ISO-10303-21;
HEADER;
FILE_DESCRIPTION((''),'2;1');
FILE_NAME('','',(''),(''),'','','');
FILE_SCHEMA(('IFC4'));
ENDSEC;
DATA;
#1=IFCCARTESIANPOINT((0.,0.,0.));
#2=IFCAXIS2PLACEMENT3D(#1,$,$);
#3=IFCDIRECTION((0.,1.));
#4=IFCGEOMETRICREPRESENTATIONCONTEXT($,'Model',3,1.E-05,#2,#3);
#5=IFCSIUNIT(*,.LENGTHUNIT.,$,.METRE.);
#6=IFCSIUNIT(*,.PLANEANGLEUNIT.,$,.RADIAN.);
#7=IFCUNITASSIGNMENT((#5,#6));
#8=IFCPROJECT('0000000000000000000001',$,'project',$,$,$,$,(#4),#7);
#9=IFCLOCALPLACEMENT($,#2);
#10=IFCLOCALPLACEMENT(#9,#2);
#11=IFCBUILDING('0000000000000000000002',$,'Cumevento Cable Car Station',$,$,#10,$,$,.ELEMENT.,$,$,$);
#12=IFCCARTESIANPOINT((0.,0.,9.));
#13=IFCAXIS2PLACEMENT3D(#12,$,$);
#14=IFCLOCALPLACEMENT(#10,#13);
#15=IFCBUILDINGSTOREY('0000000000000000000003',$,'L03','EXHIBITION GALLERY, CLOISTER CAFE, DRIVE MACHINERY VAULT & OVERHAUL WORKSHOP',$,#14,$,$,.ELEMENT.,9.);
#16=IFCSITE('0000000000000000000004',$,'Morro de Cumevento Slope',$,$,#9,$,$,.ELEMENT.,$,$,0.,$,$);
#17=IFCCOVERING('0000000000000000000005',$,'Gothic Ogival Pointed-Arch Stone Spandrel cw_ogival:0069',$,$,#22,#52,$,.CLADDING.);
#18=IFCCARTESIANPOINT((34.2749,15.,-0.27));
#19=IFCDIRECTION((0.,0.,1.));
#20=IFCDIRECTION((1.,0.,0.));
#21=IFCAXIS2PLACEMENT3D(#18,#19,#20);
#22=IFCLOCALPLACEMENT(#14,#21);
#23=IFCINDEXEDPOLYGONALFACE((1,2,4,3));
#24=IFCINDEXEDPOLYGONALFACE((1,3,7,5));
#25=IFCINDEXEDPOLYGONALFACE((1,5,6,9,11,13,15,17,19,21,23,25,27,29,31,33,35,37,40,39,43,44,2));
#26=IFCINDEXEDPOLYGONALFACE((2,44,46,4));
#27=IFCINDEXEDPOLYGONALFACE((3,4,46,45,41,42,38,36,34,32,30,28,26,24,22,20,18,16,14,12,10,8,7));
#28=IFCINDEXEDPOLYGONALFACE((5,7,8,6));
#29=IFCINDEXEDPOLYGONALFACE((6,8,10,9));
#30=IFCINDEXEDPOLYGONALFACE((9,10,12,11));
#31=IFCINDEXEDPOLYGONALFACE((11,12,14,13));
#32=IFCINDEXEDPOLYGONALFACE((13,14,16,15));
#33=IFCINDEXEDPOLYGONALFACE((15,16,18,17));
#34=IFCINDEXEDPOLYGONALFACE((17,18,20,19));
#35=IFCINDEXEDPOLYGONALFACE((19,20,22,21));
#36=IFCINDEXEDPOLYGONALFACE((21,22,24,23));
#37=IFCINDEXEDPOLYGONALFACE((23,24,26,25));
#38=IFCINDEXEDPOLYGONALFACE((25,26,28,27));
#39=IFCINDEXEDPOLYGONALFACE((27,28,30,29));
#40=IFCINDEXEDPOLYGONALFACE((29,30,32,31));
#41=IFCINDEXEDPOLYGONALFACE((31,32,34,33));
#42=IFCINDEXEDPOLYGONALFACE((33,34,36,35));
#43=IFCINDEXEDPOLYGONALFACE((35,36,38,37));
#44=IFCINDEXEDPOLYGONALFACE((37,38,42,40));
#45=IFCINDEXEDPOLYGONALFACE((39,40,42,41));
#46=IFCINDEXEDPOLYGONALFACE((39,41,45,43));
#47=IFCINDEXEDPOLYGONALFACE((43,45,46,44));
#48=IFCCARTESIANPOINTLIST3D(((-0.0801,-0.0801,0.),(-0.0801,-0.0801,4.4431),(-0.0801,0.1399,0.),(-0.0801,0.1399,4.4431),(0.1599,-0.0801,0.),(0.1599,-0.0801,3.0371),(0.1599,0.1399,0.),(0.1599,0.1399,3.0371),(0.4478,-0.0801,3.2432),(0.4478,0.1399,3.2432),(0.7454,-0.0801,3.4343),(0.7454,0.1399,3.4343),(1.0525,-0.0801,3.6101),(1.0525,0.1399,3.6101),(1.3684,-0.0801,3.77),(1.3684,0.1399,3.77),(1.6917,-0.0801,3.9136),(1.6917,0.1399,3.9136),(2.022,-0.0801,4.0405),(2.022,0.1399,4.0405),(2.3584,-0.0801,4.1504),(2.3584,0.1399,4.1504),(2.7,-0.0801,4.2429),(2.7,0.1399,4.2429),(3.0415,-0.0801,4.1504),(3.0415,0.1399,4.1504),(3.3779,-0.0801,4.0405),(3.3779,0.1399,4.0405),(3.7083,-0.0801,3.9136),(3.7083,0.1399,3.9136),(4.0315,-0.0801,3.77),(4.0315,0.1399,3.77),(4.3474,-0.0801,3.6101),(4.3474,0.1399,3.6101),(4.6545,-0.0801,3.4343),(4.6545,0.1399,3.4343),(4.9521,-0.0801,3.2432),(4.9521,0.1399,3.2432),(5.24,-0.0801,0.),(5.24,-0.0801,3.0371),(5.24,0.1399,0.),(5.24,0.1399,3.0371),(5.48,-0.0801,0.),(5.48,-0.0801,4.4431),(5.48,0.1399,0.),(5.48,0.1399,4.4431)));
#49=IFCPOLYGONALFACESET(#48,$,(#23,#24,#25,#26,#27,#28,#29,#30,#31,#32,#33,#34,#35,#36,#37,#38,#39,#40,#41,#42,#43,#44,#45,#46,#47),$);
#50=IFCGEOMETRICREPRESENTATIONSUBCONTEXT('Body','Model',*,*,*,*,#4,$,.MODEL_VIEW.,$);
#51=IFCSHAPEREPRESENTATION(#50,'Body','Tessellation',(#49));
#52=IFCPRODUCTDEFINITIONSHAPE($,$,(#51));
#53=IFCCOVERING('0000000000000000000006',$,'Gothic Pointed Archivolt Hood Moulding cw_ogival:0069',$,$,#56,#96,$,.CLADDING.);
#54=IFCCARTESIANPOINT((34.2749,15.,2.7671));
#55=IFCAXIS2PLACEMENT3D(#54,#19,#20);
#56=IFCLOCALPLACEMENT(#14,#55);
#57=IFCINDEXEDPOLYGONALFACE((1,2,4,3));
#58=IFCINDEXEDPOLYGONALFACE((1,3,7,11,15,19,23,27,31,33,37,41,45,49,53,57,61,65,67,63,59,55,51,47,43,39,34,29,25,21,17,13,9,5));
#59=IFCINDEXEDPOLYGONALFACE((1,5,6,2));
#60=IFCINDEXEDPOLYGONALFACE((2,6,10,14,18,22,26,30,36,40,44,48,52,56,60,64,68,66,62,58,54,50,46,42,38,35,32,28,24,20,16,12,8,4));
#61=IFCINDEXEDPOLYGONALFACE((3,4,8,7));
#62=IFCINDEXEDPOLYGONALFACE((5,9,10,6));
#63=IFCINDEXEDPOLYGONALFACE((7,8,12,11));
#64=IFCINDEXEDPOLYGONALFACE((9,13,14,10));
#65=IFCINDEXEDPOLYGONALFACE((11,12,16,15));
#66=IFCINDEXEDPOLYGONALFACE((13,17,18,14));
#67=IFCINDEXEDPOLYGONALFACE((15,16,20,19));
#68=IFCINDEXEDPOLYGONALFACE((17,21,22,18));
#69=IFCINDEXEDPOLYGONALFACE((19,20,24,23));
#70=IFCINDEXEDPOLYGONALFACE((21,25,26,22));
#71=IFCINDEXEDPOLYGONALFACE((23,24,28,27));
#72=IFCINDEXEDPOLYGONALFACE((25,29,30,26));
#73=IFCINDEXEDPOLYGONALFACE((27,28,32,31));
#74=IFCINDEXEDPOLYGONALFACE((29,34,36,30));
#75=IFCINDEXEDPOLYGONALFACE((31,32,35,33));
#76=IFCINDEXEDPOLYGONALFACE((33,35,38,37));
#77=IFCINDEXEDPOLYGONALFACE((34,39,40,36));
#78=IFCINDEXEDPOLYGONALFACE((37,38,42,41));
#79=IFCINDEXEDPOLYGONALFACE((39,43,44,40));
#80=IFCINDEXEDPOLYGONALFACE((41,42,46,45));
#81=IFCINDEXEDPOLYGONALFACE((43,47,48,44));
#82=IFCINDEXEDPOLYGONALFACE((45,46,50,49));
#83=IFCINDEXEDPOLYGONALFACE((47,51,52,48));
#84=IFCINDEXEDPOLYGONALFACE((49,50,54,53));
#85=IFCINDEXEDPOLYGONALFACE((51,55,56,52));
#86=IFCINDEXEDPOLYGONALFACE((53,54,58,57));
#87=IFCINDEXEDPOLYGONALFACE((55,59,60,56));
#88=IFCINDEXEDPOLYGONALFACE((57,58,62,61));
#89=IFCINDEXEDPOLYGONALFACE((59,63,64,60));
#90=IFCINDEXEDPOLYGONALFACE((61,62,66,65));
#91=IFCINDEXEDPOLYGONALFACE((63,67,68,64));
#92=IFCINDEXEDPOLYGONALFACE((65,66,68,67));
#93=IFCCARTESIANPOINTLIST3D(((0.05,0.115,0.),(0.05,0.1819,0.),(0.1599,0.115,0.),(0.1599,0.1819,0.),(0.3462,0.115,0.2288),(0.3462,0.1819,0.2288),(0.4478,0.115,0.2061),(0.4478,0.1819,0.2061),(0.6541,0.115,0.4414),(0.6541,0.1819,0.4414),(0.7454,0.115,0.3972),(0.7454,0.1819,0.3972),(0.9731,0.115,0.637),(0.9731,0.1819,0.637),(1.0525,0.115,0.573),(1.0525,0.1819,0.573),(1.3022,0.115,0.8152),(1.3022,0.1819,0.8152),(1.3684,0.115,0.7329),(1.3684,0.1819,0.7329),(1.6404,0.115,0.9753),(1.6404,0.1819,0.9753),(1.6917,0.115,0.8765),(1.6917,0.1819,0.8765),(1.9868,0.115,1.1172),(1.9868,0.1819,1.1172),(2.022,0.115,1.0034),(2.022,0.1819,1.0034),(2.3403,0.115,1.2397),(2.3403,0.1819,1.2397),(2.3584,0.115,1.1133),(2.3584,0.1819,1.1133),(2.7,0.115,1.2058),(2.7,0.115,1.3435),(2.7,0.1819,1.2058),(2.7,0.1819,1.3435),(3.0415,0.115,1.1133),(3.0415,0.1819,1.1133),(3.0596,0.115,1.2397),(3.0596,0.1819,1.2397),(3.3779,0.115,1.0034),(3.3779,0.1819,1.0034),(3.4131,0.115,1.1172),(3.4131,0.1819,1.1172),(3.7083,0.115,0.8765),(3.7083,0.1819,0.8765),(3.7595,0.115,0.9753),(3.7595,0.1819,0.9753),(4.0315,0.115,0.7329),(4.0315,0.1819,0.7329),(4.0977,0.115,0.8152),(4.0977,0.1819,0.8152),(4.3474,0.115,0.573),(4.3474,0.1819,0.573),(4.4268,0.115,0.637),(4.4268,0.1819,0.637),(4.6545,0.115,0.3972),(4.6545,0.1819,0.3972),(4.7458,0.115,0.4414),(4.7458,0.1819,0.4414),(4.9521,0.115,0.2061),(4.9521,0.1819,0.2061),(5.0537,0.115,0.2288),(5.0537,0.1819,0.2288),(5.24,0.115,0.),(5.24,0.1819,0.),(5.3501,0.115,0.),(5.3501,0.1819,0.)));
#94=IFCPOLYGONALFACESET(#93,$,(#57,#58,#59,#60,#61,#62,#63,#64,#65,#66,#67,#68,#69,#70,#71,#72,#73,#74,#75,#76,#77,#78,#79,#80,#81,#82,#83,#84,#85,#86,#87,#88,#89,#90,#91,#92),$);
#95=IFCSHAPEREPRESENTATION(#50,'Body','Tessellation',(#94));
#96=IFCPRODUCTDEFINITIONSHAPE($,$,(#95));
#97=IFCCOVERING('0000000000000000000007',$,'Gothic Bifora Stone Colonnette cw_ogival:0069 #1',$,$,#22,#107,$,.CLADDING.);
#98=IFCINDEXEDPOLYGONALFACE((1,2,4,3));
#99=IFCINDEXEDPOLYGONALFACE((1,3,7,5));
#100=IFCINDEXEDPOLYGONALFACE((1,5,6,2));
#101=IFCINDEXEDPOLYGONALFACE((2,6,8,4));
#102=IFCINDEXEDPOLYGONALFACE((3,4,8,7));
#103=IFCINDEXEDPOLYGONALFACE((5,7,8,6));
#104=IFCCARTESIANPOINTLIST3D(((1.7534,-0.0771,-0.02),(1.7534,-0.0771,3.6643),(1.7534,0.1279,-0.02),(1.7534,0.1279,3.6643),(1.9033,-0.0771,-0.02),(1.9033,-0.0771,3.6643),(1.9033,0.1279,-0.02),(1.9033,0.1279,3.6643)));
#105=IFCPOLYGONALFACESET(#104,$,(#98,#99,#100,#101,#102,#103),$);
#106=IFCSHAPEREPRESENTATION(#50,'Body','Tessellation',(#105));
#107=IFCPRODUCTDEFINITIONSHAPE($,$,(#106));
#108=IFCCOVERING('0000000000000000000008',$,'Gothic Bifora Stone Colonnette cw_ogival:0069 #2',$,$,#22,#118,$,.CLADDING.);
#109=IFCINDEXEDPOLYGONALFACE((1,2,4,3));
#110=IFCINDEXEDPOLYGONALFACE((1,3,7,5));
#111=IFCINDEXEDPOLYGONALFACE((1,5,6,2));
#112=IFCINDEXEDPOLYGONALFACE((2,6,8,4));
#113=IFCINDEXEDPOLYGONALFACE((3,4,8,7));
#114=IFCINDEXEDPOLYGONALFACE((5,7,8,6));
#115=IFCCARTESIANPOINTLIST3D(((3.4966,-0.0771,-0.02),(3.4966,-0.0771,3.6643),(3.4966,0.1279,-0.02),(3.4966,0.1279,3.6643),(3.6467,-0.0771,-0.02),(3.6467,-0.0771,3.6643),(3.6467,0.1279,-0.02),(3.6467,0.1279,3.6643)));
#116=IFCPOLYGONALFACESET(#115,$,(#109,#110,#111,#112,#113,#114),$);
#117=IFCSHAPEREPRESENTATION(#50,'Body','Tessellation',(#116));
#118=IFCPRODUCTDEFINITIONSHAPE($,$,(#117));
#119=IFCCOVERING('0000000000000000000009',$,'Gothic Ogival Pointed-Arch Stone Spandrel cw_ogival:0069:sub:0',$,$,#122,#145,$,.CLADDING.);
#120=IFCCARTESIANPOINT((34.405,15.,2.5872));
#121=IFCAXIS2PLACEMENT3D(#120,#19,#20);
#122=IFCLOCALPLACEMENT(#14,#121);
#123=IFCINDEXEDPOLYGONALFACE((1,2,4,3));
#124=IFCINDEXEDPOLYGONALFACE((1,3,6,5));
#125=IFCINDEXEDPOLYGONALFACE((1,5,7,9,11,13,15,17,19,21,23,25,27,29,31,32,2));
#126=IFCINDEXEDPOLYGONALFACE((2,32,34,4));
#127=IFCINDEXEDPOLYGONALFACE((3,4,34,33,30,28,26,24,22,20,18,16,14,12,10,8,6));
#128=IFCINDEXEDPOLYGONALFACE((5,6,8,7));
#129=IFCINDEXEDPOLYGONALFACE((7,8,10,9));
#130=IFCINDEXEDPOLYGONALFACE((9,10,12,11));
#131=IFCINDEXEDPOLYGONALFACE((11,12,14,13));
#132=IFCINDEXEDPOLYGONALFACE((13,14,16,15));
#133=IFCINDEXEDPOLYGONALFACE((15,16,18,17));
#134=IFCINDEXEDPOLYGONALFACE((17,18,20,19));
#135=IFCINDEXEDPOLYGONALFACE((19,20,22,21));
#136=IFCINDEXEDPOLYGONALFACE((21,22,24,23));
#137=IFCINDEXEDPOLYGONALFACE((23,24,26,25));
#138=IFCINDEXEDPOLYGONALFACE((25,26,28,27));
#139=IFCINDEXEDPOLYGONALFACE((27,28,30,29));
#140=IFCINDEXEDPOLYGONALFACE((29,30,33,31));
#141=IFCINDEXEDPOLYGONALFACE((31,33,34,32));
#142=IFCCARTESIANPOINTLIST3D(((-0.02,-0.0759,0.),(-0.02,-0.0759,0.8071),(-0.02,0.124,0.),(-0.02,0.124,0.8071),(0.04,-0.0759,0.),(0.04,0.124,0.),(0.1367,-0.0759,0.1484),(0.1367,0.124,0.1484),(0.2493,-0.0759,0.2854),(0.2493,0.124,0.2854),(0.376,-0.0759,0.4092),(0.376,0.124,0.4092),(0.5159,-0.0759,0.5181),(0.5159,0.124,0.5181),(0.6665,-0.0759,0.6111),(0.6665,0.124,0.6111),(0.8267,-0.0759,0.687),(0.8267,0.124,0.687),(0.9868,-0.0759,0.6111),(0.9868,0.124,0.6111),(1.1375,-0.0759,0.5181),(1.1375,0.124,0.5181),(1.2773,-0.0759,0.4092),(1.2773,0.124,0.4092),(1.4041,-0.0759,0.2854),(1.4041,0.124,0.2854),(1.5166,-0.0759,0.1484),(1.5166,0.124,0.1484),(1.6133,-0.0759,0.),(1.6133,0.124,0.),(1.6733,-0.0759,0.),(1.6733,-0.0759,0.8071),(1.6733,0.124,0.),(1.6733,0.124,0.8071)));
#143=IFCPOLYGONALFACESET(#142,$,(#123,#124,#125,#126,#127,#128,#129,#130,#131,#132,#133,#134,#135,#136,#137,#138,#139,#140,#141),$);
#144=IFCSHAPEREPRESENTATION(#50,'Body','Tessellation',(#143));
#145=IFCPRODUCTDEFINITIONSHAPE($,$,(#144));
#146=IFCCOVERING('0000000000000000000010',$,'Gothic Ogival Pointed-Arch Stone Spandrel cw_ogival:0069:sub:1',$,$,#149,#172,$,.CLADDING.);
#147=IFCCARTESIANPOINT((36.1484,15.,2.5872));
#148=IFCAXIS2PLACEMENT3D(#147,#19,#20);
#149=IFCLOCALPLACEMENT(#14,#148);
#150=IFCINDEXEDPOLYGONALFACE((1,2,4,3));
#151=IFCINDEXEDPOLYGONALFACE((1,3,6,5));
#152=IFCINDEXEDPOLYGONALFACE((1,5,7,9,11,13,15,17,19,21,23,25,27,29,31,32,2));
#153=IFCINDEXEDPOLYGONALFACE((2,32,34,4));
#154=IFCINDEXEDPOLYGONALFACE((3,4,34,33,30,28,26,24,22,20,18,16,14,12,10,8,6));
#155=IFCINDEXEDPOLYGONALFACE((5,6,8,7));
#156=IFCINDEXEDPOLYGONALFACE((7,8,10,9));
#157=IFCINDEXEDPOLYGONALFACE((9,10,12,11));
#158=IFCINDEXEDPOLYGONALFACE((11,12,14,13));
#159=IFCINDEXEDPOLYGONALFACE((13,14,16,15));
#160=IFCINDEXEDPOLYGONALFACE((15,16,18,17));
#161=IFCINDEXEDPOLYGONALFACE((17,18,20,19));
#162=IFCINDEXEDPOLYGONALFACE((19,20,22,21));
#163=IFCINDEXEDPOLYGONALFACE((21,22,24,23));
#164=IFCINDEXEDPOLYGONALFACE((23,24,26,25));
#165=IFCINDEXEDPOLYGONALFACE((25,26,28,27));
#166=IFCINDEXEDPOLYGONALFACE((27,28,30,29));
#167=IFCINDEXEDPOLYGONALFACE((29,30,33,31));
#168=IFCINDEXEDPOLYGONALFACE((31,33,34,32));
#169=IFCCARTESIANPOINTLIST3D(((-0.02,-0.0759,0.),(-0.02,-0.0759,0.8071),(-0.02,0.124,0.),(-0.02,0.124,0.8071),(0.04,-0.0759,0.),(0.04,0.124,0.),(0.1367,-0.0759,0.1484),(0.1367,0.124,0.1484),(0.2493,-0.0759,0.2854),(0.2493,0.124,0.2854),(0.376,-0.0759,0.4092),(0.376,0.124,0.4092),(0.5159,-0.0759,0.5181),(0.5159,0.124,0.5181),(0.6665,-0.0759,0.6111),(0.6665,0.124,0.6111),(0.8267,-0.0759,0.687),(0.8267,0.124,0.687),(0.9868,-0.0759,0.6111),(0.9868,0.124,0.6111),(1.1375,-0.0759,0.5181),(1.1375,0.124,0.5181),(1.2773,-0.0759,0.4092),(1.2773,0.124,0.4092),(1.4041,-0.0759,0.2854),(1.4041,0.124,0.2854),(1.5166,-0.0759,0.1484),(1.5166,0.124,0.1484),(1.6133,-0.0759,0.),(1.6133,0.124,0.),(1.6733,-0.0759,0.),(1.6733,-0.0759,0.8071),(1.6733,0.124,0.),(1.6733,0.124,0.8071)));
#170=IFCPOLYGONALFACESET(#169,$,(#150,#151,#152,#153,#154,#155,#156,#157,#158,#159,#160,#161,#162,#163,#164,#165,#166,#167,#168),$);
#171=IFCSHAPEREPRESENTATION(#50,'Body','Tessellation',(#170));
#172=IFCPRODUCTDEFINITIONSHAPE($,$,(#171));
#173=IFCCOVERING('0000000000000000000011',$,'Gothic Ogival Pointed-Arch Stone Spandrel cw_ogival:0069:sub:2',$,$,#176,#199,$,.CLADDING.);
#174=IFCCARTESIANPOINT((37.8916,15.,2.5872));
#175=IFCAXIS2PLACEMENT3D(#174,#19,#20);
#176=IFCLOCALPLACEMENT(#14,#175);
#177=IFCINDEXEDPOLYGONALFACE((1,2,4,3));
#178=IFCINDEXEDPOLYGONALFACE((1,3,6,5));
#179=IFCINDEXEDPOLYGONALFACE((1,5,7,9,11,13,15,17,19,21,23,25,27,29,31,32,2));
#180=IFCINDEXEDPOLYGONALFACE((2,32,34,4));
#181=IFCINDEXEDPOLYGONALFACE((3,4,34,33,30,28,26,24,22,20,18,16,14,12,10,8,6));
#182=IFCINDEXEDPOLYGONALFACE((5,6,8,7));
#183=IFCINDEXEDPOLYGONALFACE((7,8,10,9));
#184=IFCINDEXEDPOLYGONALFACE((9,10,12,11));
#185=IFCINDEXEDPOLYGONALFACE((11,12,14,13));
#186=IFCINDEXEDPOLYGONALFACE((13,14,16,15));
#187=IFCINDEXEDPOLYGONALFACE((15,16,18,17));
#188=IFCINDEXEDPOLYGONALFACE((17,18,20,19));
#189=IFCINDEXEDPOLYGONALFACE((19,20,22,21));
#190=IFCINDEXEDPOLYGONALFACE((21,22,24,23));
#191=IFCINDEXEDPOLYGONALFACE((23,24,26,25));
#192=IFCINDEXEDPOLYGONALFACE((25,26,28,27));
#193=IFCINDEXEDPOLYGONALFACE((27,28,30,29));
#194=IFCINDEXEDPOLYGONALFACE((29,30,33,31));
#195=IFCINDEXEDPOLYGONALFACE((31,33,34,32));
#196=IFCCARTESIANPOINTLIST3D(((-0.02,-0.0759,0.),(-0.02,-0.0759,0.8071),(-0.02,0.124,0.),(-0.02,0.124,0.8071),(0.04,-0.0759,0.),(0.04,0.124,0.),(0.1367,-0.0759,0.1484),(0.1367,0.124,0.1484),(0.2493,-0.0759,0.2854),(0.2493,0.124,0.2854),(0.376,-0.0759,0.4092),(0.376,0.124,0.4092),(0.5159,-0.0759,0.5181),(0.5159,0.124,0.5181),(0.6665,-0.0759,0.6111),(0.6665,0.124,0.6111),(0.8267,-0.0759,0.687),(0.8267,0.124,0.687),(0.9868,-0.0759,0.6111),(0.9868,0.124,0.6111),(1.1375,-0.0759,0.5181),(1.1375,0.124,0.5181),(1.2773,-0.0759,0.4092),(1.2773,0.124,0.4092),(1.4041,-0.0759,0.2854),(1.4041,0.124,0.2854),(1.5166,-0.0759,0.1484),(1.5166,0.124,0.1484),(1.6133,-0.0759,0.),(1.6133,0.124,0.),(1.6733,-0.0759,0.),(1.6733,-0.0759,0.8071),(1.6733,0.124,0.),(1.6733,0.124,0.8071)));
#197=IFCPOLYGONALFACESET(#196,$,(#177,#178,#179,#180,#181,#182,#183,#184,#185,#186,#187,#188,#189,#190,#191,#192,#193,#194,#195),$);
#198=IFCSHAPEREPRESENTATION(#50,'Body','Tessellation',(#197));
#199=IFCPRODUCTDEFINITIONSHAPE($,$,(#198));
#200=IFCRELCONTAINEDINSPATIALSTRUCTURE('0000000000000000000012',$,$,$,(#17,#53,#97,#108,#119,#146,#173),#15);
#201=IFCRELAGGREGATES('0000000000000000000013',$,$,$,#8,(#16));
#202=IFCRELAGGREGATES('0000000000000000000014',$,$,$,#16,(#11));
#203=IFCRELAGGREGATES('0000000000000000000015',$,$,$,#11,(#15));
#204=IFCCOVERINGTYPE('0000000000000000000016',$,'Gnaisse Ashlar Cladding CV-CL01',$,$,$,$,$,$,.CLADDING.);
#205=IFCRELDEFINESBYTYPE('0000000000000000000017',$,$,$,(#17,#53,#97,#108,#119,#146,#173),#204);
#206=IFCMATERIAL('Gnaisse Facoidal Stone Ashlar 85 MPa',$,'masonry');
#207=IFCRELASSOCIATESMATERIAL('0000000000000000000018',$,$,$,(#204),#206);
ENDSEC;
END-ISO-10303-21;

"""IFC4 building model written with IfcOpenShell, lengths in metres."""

from ifc_helpers import new_model, si_unit, direction, frame, origin, place, context, subcontext, project, spatial, polyline, outline, extrude, material, type_object, element, save


model = new_model("IFC4")

# Units and contexts
model_context = context("Model", 3, precision=1e-05, world=origin(), true_north=direction((0.0, 1.0)))
body_context = subcontext(model_context, "Body", "Model", "MODEL_VIEW")
ifc_project = project(units=[si_unit("LENGTHUNIT", "METRE"), si_unit("PLANEANGLEUNIT", "RADIAN")], contexts=[model_context])

# Site, building, storey
site_placement = place(None, origin())
site = spatial("IfcSite", under=ifc_project, at=site_placement, Name="Morro de Cumevento Slope", CompositionType="ELEMENT", RefElevation=0.0)
building_placement = place(site_placement, origin())
building = spatial("IfcBuilding", under=site, at=building_placement, Name="Cumevento Cable Car Station", CompositionType="ELEMENT")
storey_placement = place(building_placement, frame((0.0, 0.0, 9.0)))
storey = spatial("IfcBuildingStorey", under=building, at=storey_placement, Name="L03", Description="EXHIBITION GALLERY, CLOISTER CAFE, DRIVE MACHINERY VAULT & OVERHAUL WORKSHOP", CompositionType="ELEMENT", Elevation=9.0)

# Coverings
ifc_material_1 = material(Name="Gnaisse Facoidal Stone Ashlar 85 MPa", Category="masonry")
covering_type = type_object("IfcCoveringType", Name="Gnaisse Ashlar Cladding CV-CL01", PredefinedType="CLADDING", material=ifc_material_1)
placement = place(storey_placement, frame((34.2749, 15.0, -0.27), z_axis=(0.0, 0.0, 1.0), x_axis=(1.0, 0.0, 0.0)))
element("IfcCovering", 1, at=placement, inside=storey, type_object=covering_type, Name="Gothic Ogival Pointed-Arch Stone Spandrel cw_ogival:0069", PredefinedType="CLADDING", context=body_context, shape_type="SweptSolid", body=[
    extrude(outline(polyline([(-0.0801, 0.0), (-0.0801, 4.4431), (5.48, 4.4431), (5.48, 0.0), (5.24, 0.0), (5.24, 3.0371), (4.9521, 3.2432), (4.6545, 3.4343), (4.3474, 3.6101), (4.0315, 3.77), (3.7083, 3.9136), (3.3779, 4.0405), (3.0415, 4.1504), (2.7, 4.2429), (2.3584, 4.1504), (2.022, 4.0405), (1.6917, 3.9136), (1.3684, 3.77), (1.0525, 3.6101), (0.7454, 3.4343), (0.4478, 3.2432), (0.1599, 3.0371), (0.1599, 0.0), (-0.0801, 0.0)])), frame((0.0, 0.1399, 0.0), z_axis=(0.0, -1.0, 0.0), x_axis=(1.0, 0.0, 0.0)), (0.0, 0.0, 1.0), 0.22),
])
covering_1_placement = place(storey_placement, frame((34.2749, 15.0, 2.7671), z_axis=(0.0, 0.0, 1.0), x_axis=(1.0, 0.0, 0.0)))
element("IfcCovering", 2, at=covering_1_placement, inside=storey, type_object=covering_type, Name="Gothic Pointed Archivolt Hood Moulding cw_ogival:0069", PredefinedType="CLADDING", context=body_context, shape_type="SweptSolid", body=[
    extrude(outline(polyline([(0.1599, 0.0), (0.4478, 0.2061), (0.7454, 0.3972), (1.0525, 0.573), (1.3684, 0.7329), (1.6917, 0.8765), (2.022, 1.0034), (2.3584, 1.1133), (2.7, 1.2058), (3.0415, 1.1133), (3.3779, 1.0034), (3.7083, 0.8765), (4.0315, 0.7329), (4.3474, 0.573), (4.6545, 0.3972), (4.9521, 0.2061), (5.24, 0.0), (5.3501, 0.0), (5.0537, 0.2288), (4.7458, 0.4414), (4.4268, 0.637), (4.0977, 0.8152), (3.7595, 0.9753), (3.4131, 1.1172), (3.0596, 1.2397), (2.7, 1.3435), (2.3403, 1.2397), (1.9868, 1.1172), (1.6404, 0.9753), (1.3022, 0.8152), (0.9731, 0.637), (0.6541, 0.4414), (0.3462, 0.2288), (0.05, 0.0), (0.1599, 0.0)])), frame((0.0, 0.1819, 0.0), z_axis=(0.0, -1.0, 0.0), x_axis=(1.0, 0.0, 0.0)), (0.0, 0.0, 1.0), 0.0669),
])
element("IfcCovering", 3, at=placement, inside=storey, type_object=covering_type, Name="Gothic Bifora Stone Colonnette cw_ogival:0069 #1", PredefinedType="CLADDING", context=body_context, shape_type="SweptSolid", body=[
    extrude(outline(polyline([(1.7534, -0.02), (1.9033, -0.02), (1.9033, 3.6643), (1.7534, 3.6643), (1.7534, -0.02)])), frame((0.0, 0.1279, 0.0), z_axis=(0.0, -1.0, 0.0), x_axis=(1.0, 0.0, 0.0)), (0.0, 0.0, 1.0), 0.2051),
])
element("IfcCovering", 4, at=placement, inside=storey, type_object=covering_type, Name="Gothic Bifora Stone Colonnette cw_ogival:0069 #2", PredefinedType="CLADDING", context=body_context, shape_type="SweptSolid", body=[
    extrude(outline(polyline([(3.4966, -0.02), (3.6467, -0.02), (3.6467, 3.6643), (3.4966, 3.6643), (3.4966, -0.02)])), frame((0.0, 0.1279, 0.0), z_axis=(0.0, -1.0, 0.0), x_axis=(1.0, 0.0, 0.0)), (0.0, 0.0, 1.0), 0.2051),
])
for number, where, z_axis, x_axis, name in (
    (5, (34.405, 15.0, 2.5872), (0.0, 0.0, 1.0), (1.0, 0.0, 0.0), "Gothic Ogival Pointed-Arch Stone Spandrel cw_ogival:0069:sub:0"),
    (6, (36.1484, 15.0, 2.5872), (0.0, 0.0, 1.0), (1.0, 0.0, 0.0), "Gothic Ogival Pointed-Arch Stone Spandrel cw_ogival:0069:sub:1"),
    (7, (37.8916, 15.0, 2.5872), (0.0, 0.0, 1.0), (1.0, 0.0, 0.0), "Gothic Ogival Pointed-Arch Stone Spandrel cw_ogival:0069:sub:2"),
):
    element("IfcCovering", number, at=place(storey_placement, frame(where, z_axis=z_axis, x_axis=x_axis)), inside=storey, type_object=covering_type, Name=name, PredefinedType="CLADDING", context=body_context, shape_type="SweptSolid", body=[
        extrude(outline(polyline([(-0.02, 0.0), (-0.02, 0.8071), (1.6733, 0.8071), (1.6733, 0.0), (1.6133, 0.0), (1.5166, 0.1484), (1.4041, 0.2854), (1.2773, 0.4092), (1.1375, 0.5181), (0.9868, 0.6111), (0.8267, 0.687), (0.6665, 0.6111), (0.5159, 0.5181), (0.376, 0.4092), (0.2493, 0.2854), (0.1367, 0.1484), (0.04, 0.0), (-0.02, 0.0)])), frame((0.0, 0.124, 0.0), z_axis=(0.0, -1.0, 0.0), x_axis=(1.0, 0.0, 0.0)), (0.0, 0.0, 1.0), 0.2),
    ])

save(model, "model.ifc")
